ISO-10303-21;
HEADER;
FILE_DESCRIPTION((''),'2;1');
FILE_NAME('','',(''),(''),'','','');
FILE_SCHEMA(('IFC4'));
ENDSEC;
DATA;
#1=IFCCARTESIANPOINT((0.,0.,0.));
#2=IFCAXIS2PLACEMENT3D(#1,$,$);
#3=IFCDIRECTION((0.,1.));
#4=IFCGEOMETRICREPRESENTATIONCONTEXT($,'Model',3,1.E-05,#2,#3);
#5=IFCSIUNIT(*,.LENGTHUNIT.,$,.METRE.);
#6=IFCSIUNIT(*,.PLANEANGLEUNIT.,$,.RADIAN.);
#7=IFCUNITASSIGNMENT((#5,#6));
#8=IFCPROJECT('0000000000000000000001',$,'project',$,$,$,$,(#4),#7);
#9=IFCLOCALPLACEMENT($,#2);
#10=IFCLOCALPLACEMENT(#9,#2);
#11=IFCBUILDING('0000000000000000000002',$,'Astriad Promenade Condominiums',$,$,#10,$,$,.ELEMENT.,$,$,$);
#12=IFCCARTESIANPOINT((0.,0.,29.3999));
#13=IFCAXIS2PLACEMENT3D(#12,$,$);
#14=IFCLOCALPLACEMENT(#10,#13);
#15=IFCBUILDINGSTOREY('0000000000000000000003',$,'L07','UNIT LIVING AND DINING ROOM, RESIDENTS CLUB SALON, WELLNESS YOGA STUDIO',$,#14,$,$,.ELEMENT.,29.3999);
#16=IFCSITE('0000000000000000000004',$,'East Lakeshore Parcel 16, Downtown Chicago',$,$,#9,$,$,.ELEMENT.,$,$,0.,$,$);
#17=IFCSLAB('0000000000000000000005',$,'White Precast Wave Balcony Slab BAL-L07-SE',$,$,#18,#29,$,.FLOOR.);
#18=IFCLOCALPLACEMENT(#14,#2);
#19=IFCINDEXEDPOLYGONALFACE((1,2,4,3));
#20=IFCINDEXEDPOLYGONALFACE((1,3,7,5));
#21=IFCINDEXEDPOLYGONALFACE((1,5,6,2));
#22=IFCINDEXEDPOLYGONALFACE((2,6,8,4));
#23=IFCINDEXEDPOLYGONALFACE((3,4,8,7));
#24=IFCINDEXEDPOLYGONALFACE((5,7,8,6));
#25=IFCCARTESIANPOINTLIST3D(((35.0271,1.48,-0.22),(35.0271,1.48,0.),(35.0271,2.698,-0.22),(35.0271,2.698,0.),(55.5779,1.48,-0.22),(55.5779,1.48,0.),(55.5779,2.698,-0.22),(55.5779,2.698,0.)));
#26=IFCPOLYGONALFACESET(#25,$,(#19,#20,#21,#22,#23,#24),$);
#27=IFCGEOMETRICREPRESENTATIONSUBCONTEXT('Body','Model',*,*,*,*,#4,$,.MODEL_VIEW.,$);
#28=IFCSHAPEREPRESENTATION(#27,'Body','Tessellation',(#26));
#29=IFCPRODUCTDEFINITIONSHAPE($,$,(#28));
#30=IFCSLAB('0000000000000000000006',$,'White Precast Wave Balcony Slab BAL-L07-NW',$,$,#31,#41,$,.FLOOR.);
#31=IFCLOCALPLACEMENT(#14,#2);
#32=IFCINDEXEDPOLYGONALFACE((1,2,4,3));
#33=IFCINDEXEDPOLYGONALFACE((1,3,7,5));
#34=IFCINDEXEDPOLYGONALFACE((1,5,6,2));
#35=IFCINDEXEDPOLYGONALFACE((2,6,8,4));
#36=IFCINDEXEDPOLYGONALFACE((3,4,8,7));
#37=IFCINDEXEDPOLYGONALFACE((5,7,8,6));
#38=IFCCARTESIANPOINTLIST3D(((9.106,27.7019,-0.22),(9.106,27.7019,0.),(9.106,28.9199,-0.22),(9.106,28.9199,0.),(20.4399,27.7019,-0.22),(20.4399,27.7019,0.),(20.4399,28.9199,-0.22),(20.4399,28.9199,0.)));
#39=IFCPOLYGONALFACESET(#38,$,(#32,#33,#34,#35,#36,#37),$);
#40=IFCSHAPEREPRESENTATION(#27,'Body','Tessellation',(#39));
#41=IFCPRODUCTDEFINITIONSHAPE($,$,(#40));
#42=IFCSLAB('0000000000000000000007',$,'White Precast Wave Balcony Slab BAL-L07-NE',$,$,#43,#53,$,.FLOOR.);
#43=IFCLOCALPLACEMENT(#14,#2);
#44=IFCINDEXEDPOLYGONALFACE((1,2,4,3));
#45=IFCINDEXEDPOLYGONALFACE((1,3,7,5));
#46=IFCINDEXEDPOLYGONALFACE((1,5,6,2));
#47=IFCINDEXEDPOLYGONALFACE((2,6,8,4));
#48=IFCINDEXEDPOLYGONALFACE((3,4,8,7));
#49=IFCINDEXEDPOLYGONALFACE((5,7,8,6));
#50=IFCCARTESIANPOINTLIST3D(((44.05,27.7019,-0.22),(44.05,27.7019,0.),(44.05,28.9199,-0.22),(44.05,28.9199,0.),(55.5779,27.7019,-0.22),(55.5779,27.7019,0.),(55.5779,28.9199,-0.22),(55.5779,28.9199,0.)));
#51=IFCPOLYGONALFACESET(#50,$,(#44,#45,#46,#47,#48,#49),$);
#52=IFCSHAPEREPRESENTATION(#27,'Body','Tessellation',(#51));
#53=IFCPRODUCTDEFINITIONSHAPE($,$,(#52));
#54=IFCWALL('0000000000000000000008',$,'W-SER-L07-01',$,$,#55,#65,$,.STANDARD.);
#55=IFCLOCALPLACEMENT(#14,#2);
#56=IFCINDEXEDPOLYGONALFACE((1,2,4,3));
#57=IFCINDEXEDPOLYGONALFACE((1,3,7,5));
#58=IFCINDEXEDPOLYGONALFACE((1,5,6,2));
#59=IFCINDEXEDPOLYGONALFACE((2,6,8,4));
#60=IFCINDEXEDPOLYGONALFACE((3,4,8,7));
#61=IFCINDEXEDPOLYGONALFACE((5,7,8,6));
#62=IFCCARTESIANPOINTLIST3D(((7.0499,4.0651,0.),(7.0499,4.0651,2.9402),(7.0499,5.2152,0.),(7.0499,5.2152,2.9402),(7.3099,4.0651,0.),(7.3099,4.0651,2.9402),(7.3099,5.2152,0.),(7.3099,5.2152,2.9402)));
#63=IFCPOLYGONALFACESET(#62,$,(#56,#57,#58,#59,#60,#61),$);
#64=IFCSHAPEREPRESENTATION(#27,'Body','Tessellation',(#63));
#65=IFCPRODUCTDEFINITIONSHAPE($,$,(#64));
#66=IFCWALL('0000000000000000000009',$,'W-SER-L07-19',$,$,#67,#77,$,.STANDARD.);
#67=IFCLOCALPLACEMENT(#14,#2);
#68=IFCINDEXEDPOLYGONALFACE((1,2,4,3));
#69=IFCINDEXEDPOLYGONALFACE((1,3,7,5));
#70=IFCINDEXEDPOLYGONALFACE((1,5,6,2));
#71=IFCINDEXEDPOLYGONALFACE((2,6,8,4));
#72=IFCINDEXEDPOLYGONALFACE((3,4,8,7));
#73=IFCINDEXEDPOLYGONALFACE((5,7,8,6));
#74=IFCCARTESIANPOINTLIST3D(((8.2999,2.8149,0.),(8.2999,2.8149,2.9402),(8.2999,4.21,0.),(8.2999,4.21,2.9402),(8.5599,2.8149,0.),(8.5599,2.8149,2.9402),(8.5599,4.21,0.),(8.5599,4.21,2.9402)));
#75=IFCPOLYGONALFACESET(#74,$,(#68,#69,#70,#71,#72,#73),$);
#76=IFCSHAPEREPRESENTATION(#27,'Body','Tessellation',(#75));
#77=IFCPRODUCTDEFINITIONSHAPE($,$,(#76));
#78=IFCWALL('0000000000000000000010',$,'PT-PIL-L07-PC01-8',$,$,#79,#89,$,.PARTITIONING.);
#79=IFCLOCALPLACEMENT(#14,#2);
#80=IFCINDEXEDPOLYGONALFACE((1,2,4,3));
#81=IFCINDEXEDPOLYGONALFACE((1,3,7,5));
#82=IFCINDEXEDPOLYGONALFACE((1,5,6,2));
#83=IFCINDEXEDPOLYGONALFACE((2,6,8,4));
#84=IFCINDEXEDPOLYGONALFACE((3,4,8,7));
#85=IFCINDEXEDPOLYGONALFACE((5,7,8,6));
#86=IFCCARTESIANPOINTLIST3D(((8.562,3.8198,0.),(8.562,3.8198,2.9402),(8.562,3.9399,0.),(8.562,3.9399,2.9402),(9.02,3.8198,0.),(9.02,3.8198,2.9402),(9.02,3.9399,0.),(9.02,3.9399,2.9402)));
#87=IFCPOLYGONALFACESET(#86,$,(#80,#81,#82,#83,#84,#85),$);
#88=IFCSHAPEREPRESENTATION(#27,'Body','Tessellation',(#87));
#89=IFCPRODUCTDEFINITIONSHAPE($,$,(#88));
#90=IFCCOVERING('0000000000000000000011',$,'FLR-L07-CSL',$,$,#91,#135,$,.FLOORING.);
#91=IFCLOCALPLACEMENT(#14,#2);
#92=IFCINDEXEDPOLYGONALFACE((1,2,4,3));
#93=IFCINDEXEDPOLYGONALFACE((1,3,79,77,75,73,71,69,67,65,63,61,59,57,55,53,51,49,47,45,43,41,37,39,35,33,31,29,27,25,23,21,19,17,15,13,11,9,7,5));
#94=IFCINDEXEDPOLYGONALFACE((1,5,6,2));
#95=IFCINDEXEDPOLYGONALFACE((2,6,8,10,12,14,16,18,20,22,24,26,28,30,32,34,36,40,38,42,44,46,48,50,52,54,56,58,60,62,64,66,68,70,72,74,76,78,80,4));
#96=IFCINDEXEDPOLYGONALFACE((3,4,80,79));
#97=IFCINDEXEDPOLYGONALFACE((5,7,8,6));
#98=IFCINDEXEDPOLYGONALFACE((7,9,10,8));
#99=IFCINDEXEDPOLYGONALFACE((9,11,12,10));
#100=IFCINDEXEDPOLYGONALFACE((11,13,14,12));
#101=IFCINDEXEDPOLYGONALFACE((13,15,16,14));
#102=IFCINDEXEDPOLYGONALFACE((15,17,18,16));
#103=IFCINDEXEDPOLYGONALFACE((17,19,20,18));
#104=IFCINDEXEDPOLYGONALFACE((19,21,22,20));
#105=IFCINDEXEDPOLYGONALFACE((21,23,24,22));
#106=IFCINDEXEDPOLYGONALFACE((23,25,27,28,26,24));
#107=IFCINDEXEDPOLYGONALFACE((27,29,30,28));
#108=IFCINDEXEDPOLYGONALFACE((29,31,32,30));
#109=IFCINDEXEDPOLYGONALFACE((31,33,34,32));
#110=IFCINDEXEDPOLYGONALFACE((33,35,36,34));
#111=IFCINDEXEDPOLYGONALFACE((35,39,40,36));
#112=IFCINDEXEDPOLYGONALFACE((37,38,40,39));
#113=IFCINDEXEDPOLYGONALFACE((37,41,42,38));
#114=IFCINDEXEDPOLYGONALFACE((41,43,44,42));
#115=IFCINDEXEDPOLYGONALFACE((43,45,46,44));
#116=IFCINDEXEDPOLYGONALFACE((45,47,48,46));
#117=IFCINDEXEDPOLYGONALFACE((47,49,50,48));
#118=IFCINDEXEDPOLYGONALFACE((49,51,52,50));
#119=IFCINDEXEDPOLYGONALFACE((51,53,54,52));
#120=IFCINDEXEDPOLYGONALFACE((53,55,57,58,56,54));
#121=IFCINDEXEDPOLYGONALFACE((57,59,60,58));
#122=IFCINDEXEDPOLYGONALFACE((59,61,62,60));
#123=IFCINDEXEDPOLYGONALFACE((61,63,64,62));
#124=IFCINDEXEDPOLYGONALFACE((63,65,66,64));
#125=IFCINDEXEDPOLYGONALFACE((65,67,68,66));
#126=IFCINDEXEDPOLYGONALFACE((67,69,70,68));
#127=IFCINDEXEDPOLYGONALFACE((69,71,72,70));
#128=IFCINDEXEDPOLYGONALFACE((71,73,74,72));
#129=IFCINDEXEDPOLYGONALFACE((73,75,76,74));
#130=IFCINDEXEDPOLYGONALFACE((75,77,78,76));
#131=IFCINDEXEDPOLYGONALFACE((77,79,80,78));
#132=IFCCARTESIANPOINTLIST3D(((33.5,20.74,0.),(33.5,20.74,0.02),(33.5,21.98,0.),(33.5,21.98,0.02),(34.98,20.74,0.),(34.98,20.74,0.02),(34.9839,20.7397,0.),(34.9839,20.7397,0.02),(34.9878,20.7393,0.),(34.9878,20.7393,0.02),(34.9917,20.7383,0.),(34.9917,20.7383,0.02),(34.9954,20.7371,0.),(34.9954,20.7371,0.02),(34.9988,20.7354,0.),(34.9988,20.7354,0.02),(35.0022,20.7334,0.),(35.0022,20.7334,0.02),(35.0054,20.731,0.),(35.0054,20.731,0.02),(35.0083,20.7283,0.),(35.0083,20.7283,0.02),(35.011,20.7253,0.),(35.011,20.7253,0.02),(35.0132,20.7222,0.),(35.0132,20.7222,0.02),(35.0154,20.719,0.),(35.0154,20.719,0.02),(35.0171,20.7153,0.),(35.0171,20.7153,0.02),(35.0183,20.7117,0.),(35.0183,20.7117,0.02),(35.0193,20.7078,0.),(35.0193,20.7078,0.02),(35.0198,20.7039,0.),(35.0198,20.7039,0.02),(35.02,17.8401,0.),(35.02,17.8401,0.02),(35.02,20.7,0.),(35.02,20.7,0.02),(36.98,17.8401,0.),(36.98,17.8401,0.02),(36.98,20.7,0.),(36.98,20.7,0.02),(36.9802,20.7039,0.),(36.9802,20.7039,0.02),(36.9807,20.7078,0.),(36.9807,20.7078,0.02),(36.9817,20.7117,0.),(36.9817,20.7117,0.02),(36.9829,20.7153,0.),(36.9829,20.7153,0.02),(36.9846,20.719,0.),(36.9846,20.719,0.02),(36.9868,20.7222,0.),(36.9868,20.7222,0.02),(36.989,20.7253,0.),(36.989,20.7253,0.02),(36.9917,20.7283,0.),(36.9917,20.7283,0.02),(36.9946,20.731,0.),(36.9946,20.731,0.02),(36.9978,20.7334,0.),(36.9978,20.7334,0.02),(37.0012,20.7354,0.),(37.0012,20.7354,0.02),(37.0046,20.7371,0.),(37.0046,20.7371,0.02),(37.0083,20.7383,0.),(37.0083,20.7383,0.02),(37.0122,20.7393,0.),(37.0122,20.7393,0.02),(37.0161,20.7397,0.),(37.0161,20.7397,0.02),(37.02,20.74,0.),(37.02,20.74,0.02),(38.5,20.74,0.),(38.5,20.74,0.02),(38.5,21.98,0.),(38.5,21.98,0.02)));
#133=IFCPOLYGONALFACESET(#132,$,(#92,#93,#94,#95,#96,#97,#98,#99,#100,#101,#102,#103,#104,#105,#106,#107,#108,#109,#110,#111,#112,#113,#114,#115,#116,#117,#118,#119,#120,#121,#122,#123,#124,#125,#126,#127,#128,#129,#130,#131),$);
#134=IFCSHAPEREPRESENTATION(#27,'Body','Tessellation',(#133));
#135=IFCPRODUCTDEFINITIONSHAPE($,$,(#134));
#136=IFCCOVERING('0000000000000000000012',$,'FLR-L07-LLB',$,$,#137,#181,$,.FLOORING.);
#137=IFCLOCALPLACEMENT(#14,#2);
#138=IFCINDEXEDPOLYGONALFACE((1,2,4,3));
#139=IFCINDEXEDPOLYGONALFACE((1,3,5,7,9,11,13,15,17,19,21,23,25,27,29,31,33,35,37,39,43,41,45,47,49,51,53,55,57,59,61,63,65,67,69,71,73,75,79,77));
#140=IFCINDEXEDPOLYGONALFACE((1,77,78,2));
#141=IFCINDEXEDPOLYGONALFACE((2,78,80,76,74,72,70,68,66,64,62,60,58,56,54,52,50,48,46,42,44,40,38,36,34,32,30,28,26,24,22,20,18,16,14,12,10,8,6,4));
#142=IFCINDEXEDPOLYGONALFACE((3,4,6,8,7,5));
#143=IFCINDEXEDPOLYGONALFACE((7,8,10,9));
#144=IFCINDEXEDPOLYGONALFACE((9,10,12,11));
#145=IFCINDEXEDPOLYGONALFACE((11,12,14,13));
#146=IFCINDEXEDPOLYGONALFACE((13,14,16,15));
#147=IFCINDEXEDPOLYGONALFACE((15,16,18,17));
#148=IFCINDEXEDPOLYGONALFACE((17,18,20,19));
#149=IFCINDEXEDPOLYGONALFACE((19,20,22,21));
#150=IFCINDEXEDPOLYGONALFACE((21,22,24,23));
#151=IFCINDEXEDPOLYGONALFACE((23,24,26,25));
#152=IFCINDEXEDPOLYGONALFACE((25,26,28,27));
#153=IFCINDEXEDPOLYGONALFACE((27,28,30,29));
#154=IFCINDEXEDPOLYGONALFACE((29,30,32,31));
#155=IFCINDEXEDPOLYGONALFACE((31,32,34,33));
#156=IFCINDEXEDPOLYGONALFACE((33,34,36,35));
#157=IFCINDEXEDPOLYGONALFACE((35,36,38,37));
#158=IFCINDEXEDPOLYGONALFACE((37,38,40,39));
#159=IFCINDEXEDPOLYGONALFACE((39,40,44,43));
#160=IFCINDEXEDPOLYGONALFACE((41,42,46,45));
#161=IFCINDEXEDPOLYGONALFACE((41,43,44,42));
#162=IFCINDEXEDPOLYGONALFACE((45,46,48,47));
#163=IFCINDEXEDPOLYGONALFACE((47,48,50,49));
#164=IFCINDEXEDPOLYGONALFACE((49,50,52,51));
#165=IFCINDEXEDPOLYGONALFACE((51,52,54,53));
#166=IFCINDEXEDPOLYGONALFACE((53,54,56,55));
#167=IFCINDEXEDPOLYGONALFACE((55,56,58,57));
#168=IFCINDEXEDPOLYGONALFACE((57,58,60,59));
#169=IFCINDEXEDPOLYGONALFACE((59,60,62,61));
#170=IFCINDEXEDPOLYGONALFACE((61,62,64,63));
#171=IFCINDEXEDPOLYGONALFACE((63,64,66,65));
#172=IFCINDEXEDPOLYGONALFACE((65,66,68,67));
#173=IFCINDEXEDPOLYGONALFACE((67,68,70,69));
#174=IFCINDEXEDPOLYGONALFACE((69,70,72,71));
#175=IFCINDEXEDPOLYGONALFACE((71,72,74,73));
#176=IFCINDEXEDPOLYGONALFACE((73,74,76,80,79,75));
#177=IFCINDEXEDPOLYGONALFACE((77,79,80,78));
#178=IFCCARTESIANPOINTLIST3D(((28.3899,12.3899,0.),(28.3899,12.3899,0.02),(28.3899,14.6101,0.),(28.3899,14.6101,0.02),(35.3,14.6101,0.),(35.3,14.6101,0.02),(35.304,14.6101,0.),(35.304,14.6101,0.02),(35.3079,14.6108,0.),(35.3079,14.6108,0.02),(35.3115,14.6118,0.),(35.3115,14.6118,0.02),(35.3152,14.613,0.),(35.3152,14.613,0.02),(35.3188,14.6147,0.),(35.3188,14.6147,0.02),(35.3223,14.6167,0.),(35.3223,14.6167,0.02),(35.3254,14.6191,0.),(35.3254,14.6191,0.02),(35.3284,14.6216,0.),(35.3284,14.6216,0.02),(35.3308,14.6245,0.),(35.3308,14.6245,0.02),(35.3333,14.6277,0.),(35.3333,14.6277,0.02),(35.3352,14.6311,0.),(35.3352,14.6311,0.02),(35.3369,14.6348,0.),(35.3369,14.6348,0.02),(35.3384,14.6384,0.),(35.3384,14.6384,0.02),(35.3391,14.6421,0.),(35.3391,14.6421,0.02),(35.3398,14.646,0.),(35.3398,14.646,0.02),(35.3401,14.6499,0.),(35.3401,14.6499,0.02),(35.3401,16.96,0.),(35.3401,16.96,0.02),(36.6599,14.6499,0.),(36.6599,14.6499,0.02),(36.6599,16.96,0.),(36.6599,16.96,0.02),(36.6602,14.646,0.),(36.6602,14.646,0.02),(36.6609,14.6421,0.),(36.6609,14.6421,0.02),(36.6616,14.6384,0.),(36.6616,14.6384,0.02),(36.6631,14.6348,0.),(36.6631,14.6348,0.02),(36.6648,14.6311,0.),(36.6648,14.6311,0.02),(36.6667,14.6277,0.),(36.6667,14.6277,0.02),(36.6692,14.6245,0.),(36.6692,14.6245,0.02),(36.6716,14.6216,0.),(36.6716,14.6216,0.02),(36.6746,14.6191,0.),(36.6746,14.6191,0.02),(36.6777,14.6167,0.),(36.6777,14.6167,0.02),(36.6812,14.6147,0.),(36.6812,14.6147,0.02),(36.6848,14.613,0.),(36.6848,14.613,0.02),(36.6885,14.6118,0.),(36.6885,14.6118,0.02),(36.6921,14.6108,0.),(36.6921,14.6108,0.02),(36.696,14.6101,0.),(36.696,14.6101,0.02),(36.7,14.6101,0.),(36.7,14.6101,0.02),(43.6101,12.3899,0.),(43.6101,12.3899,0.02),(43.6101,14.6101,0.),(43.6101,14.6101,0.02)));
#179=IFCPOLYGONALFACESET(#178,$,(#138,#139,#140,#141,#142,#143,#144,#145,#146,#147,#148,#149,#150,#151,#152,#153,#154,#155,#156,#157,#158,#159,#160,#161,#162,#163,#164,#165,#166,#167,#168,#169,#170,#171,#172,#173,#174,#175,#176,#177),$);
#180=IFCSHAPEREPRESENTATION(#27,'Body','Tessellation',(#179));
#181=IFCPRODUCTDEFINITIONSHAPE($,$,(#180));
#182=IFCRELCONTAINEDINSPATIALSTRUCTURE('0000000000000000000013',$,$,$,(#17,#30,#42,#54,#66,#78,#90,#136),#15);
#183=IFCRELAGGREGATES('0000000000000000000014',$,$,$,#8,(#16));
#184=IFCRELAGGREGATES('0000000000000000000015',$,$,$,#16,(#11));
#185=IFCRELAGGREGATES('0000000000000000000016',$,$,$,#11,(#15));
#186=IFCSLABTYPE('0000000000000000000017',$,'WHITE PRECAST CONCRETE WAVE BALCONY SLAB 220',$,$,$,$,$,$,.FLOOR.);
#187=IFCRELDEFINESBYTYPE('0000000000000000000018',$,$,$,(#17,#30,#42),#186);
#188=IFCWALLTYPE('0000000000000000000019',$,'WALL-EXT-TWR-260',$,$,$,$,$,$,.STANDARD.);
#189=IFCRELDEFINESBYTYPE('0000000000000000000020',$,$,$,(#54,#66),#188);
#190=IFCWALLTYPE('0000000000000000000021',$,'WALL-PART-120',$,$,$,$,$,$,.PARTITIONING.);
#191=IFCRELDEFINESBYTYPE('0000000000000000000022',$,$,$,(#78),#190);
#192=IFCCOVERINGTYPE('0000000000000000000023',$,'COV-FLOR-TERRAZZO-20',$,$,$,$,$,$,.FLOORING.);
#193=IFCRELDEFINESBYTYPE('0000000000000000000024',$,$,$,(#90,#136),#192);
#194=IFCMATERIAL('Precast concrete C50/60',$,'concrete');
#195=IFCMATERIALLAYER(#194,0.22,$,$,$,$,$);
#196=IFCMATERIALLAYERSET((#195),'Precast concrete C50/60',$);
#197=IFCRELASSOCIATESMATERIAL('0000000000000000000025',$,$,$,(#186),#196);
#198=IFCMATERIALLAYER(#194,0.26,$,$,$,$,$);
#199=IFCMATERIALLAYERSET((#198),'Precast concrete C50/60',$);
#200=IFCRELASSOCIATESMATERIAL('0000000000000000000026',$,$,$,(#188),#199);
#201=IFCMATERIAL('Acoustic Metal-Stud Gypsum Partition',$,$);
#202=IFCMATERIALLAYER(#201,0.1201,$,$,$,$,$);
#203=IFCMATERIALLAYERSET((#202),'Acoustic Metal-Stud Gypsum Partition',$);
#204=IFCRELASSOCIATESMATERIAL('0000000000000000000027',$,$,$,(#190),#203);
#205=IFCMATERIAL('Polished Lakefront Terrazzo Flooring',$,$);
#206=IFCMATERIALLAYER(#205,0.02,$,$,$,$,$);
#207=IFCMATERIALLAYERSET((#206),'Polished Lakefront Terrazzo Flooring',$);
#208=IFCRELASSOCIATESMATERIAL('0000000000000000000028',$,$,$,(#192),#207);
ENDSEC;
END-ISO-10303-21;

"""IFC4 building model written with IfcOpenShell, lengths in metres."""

from ifc_helpers import new_model, si_unit, direction, frame, frame_2d, origin, place, context, subcontext, project, spatial, polyline, rectangle, outline, extrude, material, layer, layer_set, type_object, element, save


model = new_model("IFC4")

# Units and contexts
model_context = context("Model", 3, precision=1e-05, world=origin(), true_north=direction((0.0, 1.0)))
body_context = subcontext(model_context, "Body", "Model", "MODEL_VIEW")
ifc_project = project(units=[si_unit("LENGTHUNIT", "METRE"), si_unit("PLANEANGLEUNIT", "RADIAN")], contexts=[model_context])

# Site, building, storey
site_placement = place(None, origin())
site = spatial("IfcSite", under=ifc_project, at=site_placement, Name="East Lakeshore Parcel 16, Downtown Chicago", CompositionType="ELEMENT", RefElevation=0.0)
building_placement = place(site_placement, origin())
building = spatial("IfcBuilding", under=site, at=building_placement, Name="Astriad Promenade Condominiums", CompositionType="ELEMENT")
storey_placement = place(building_placement, frame((0.0, 0.0, 29.3999)))
storey = spatial("IfcBuildingStorey", under=building, at=storey_placement, Name="L07", Description="UNIT LIVING AND DINING ROOM, RESIDENTS CLUB SALON, WELLNESS YOGA STUDIO", CompositionType="ELEMENT", Elevation=29.3999)

# Slabs
ifc_material_1 = material(Name="Precast concrete C50/60", Category="concrete")
ifc_layer_1 = layer(ifc_material_1, 0.22)
ifc_layer_set_1 = layer_set([ifc_layer_1], Name="Precast concrete C50/60")
slab_type_1 = type_object("IfcSlabType", Name="WHITE PRECAST CONCRETE WAVE BALCONY SLAB 220", PredefinedType="FLOOR", material=ifc_layer_set_1)
slab_1_placement = place(storey_placement, frame((0.0, 0.0, -0.22)))
element("IfcSlab", 1, at=slab_1_placement, inside=storey, type_object=slab_type_1, Name="White Precast Wave Balcony Slab BAL-L07-SE", PredefinedType="FLOOR", context=body_context, shape_type="SweptSolid", body=[
    extrude(outline(polyline([(55.5779, 1.48), (35.0271, 1.48), (35.0271, 2.698), (55.5779, 2.698), (55.5779, 1.48)])), origin(), (0.0, 0.0, 1.0), 0.22),
])
slab_2_placement = place(storey_placement, frame((0.0, 0.0, -0.22)))
element("IfcSlab", 2, at=slab_2_placement, inside=storey, type_object=slab_type_1, Name="White Precast Wave Balcony Slab BAL-L07-NW", PredefinedType="FLOOR", context=body_context, shape_type="SweptSolid", body=[
    extrude(outline(polyline([(9.106, 28.9199), (20.4399, 28.9199), (20.4399, 27.7019), (9.106, 27.7019), (9.106, 28.9199)])), origin(), (0.0, 0.0, 1.0), 0.22),
])
slab_3_placement = place(storey_placement, frame((0.0, 0.0, -0.22)))
element("IfcSlab", 3, at=slab_3_placement, inside=storey, type_object=slab_type_1, Name="White Precast Wave Balcony Slab BAL-L07-NE", PredefinedType="FLOOR", context=body_context, shape_type="SweptSolid", body=[
    extrude(outline(polyline([(44.05, 28.9199), (55.5779, 28.9199), (55.5779, 27.7019), (44.05, 27.7019), (44.05, 28.9199)])), origin(), (0.0, 0.0, 1.0), 0.22),
])

# Walls
ifc_layer_2 = layer(ifc_material_1, 0.26)
ifc_layer_set_2 = layer_set([ifc_layer_2], Name="Precast concrete C50/60")
wall_type_1 = type_object("IfcWallType", Name="WALL-EXT-TWR-260", PredefinedType="STANDARD", material=ifc_layer_set_2)
wall_1_placement = place(storey_placement, frame((7.1799, 4.0649, 0.0), z_axis=(0.0, 0.0, 1.0), x_axis=(0.0, 1.0, 0.0)))
element("IfcWall", 4, at=wall_1_placement, inside=storey, type_object=wall_type_1, Name="W-SER-L07-01", PredefinedType="STANDARD", context=body_context, shape_type="SweptSolid", body=[
    extrude(rectangle(XDim=1.1501, YDim=0.26, at=frame_2d((0.5752, 0.0))), origin(), (0.0, 0.0, 1.0), 2.9402),
])
wall_2_placement = place(storey_placement, frame((8.4299, 2.8149, 0.0), z_axis=(0.0, 0.0, 1.0), x_axis=(0.0, 1.0, 0.0)))
element("IfcWall", 5, at=wall_2_placement, inside=storey, type_object=wall_type_1, Name="W-SER-L07-19", PredefinedType="STANDARD", context=body_context, shape_type="SweptSolid", body=[
    extrude(rectangle(XDim=1.395, YDim=0.26, at=frame_2d((0.6975, 0.0))), origin(), (0.0, 0.0, 1.0), 2.9402),
])
ifc_material_2 = material(Name="Acoustic Metal-Stud Gypsum Partition")
ifc_layer_3 = layer(ifc_material_2, 0.1201)
ifc_layer_set_3 = layer_set([ifc_layer_3], Name="Acoustic Metal-Stud Gypsum Partition")
wall_type_2 = type_object("IfcWallType", Name="WALL-PART-120", PredefinedType="PARTITIONING", material=ifc_layer_set_3)
wall_3_placement = place(storey_placement, frame((9.02, 3.8799, 0.0), z_axis=(0.0, 0.0, 1.0), x_axis=(-1.0, 0.0, 0.0)))
element("IfcWall", 6, at=wall_3_placement, inside=storey, type_object=wall_type_2, Name="PT-PIL-L07-PC01-8", PredefinedType="PARTITIONING", context=body_context, shape_type="SweptSolid", body=[
    extrude(rectangle(XDim=0.458, YDim=0.1201, at=frame_2d((0.229, 0.0))), origin(), (0.0, 0.0, 1.0), 2.9402),
])

# Coverings
ifc_material_3 = material(Name="Polished Lakefront Terrazzo Flooring")
ifc_layer_4 = layer(ifc_material_3, 0.02)
ifc_layer_set_4 = layer_set([ifc_layer_4], Name="Polished Lakefront Terrazzo Flooring")
covering_type = type_object("IfcCoveringType", Name="COV-FLOR-TERRAZZO-20", PredefinedType="FLOORING", material=ifc_layer_set_4)
covering_1_placement = place(storey_placement, origin())
element("IfcCovering", 7, at=covering_1_placement, inside=storey, type_object=covering_type, Name="FLR-L07-CSL", PredefinedType="FLOORING", context=body_context, shape_type="SweptSolid", body=[
    extrude(outline(polyline([(36.98, 20.7), (36.98, 17.8401), (35.02, 17.8401), (35.02, 20.7), (35.0198, 20.7039), (35.0193, 20.7078), (35.0183, 20.7117), (35.0171, 20.7153), (35.0154, 20.719), (35.0132, 20.7222), (35.011, 20.7253), (35.0083, 20.7283), (35.0054, 20.731), (35.0022, 20.7334), (34.9988, 20.7354), (34.9954, 20.7371), (34.9917, 20.7383), (34.9878, 20.7393), (34.9839, 20.7397), (34.98, 20.74), (33.5, 20.74), (33.5, 21.98), (38.5, 21.98), (38.5, 20.74), (37.02, 20.74), (37.0161, 20.7397), (37.0122, 20.7393), (37.0083, 20.7383), (37.0046, 20.7371), (37.0012, 20.7354), (36.9978, 20.7334), (36.9946, 20.731), (36.9917, 20.7283), (36.989, 20.7253), (36.9868, 20.7222), (36.9846, 20.719), (36.9829, 20.7153), (36.9817, 20.7117), (36.9807, 20.7078), (36.9802, 20.7039), (36.98, 20.7)])), origin(), (0.0, 0.0, 1.0), 0.02),
])
covering_2_placement = place(storey_placement, origin())
element("IfcCovering", 8, at=covering_2_placement, inside=storey, type_object=covering_type, Name="FLR-L07-LLB", PredefinedType="FLOORING", context=body_context, shape_type="SweptSolid", body=[
    extrude(outline(polyline([(43.6101, 14.6101), (43.6101, 12.3899), (28.3899, 12.3899), (28.3899, 14.6101), (35.3, 14.6101), (35.304, 14.6101), (35.3079, 14.6108), (35.3115, 14.6118), (35.3152, 14.613), (35.3188, 14.6147), (35.3223, 14.6167), (35.3254, 14.6191), (35.3284, 14.6216), (35.3308, 14.6245), (35.3333, 14.6277), (35.3352, 14.6311), (35.3369, 14.6348), (35.3384, 14.6384), (35.3391, 14.6421), (35.3398, 14.646), (35.3401, 14.6499), (35.3401, 16.96), (36.6599, 16.96), (36.6599, 14.6499), (36.6602, 14.646), (36.6609, 14.6421), (36.6616, 14.6384), (36.6631, 14.6348), (36.6648, 14.6311), (36.6667, 14.6277), (36.6692, 14.6245), (36.6716, 14.6216), (36.6746, 14.6191), (36.6777, 14.6167), (36.6812, 14.6147), (36.6848, 14.613), (36.6885, 14.6118), (36.6921, 14.6108), (36.696, 14.6101), (36.7, 14.6101), (43.6101, 14.6101)])), origin(), (0.0, 0.0, 1.0), 0.02),
])

save(model, "model.ifc")
